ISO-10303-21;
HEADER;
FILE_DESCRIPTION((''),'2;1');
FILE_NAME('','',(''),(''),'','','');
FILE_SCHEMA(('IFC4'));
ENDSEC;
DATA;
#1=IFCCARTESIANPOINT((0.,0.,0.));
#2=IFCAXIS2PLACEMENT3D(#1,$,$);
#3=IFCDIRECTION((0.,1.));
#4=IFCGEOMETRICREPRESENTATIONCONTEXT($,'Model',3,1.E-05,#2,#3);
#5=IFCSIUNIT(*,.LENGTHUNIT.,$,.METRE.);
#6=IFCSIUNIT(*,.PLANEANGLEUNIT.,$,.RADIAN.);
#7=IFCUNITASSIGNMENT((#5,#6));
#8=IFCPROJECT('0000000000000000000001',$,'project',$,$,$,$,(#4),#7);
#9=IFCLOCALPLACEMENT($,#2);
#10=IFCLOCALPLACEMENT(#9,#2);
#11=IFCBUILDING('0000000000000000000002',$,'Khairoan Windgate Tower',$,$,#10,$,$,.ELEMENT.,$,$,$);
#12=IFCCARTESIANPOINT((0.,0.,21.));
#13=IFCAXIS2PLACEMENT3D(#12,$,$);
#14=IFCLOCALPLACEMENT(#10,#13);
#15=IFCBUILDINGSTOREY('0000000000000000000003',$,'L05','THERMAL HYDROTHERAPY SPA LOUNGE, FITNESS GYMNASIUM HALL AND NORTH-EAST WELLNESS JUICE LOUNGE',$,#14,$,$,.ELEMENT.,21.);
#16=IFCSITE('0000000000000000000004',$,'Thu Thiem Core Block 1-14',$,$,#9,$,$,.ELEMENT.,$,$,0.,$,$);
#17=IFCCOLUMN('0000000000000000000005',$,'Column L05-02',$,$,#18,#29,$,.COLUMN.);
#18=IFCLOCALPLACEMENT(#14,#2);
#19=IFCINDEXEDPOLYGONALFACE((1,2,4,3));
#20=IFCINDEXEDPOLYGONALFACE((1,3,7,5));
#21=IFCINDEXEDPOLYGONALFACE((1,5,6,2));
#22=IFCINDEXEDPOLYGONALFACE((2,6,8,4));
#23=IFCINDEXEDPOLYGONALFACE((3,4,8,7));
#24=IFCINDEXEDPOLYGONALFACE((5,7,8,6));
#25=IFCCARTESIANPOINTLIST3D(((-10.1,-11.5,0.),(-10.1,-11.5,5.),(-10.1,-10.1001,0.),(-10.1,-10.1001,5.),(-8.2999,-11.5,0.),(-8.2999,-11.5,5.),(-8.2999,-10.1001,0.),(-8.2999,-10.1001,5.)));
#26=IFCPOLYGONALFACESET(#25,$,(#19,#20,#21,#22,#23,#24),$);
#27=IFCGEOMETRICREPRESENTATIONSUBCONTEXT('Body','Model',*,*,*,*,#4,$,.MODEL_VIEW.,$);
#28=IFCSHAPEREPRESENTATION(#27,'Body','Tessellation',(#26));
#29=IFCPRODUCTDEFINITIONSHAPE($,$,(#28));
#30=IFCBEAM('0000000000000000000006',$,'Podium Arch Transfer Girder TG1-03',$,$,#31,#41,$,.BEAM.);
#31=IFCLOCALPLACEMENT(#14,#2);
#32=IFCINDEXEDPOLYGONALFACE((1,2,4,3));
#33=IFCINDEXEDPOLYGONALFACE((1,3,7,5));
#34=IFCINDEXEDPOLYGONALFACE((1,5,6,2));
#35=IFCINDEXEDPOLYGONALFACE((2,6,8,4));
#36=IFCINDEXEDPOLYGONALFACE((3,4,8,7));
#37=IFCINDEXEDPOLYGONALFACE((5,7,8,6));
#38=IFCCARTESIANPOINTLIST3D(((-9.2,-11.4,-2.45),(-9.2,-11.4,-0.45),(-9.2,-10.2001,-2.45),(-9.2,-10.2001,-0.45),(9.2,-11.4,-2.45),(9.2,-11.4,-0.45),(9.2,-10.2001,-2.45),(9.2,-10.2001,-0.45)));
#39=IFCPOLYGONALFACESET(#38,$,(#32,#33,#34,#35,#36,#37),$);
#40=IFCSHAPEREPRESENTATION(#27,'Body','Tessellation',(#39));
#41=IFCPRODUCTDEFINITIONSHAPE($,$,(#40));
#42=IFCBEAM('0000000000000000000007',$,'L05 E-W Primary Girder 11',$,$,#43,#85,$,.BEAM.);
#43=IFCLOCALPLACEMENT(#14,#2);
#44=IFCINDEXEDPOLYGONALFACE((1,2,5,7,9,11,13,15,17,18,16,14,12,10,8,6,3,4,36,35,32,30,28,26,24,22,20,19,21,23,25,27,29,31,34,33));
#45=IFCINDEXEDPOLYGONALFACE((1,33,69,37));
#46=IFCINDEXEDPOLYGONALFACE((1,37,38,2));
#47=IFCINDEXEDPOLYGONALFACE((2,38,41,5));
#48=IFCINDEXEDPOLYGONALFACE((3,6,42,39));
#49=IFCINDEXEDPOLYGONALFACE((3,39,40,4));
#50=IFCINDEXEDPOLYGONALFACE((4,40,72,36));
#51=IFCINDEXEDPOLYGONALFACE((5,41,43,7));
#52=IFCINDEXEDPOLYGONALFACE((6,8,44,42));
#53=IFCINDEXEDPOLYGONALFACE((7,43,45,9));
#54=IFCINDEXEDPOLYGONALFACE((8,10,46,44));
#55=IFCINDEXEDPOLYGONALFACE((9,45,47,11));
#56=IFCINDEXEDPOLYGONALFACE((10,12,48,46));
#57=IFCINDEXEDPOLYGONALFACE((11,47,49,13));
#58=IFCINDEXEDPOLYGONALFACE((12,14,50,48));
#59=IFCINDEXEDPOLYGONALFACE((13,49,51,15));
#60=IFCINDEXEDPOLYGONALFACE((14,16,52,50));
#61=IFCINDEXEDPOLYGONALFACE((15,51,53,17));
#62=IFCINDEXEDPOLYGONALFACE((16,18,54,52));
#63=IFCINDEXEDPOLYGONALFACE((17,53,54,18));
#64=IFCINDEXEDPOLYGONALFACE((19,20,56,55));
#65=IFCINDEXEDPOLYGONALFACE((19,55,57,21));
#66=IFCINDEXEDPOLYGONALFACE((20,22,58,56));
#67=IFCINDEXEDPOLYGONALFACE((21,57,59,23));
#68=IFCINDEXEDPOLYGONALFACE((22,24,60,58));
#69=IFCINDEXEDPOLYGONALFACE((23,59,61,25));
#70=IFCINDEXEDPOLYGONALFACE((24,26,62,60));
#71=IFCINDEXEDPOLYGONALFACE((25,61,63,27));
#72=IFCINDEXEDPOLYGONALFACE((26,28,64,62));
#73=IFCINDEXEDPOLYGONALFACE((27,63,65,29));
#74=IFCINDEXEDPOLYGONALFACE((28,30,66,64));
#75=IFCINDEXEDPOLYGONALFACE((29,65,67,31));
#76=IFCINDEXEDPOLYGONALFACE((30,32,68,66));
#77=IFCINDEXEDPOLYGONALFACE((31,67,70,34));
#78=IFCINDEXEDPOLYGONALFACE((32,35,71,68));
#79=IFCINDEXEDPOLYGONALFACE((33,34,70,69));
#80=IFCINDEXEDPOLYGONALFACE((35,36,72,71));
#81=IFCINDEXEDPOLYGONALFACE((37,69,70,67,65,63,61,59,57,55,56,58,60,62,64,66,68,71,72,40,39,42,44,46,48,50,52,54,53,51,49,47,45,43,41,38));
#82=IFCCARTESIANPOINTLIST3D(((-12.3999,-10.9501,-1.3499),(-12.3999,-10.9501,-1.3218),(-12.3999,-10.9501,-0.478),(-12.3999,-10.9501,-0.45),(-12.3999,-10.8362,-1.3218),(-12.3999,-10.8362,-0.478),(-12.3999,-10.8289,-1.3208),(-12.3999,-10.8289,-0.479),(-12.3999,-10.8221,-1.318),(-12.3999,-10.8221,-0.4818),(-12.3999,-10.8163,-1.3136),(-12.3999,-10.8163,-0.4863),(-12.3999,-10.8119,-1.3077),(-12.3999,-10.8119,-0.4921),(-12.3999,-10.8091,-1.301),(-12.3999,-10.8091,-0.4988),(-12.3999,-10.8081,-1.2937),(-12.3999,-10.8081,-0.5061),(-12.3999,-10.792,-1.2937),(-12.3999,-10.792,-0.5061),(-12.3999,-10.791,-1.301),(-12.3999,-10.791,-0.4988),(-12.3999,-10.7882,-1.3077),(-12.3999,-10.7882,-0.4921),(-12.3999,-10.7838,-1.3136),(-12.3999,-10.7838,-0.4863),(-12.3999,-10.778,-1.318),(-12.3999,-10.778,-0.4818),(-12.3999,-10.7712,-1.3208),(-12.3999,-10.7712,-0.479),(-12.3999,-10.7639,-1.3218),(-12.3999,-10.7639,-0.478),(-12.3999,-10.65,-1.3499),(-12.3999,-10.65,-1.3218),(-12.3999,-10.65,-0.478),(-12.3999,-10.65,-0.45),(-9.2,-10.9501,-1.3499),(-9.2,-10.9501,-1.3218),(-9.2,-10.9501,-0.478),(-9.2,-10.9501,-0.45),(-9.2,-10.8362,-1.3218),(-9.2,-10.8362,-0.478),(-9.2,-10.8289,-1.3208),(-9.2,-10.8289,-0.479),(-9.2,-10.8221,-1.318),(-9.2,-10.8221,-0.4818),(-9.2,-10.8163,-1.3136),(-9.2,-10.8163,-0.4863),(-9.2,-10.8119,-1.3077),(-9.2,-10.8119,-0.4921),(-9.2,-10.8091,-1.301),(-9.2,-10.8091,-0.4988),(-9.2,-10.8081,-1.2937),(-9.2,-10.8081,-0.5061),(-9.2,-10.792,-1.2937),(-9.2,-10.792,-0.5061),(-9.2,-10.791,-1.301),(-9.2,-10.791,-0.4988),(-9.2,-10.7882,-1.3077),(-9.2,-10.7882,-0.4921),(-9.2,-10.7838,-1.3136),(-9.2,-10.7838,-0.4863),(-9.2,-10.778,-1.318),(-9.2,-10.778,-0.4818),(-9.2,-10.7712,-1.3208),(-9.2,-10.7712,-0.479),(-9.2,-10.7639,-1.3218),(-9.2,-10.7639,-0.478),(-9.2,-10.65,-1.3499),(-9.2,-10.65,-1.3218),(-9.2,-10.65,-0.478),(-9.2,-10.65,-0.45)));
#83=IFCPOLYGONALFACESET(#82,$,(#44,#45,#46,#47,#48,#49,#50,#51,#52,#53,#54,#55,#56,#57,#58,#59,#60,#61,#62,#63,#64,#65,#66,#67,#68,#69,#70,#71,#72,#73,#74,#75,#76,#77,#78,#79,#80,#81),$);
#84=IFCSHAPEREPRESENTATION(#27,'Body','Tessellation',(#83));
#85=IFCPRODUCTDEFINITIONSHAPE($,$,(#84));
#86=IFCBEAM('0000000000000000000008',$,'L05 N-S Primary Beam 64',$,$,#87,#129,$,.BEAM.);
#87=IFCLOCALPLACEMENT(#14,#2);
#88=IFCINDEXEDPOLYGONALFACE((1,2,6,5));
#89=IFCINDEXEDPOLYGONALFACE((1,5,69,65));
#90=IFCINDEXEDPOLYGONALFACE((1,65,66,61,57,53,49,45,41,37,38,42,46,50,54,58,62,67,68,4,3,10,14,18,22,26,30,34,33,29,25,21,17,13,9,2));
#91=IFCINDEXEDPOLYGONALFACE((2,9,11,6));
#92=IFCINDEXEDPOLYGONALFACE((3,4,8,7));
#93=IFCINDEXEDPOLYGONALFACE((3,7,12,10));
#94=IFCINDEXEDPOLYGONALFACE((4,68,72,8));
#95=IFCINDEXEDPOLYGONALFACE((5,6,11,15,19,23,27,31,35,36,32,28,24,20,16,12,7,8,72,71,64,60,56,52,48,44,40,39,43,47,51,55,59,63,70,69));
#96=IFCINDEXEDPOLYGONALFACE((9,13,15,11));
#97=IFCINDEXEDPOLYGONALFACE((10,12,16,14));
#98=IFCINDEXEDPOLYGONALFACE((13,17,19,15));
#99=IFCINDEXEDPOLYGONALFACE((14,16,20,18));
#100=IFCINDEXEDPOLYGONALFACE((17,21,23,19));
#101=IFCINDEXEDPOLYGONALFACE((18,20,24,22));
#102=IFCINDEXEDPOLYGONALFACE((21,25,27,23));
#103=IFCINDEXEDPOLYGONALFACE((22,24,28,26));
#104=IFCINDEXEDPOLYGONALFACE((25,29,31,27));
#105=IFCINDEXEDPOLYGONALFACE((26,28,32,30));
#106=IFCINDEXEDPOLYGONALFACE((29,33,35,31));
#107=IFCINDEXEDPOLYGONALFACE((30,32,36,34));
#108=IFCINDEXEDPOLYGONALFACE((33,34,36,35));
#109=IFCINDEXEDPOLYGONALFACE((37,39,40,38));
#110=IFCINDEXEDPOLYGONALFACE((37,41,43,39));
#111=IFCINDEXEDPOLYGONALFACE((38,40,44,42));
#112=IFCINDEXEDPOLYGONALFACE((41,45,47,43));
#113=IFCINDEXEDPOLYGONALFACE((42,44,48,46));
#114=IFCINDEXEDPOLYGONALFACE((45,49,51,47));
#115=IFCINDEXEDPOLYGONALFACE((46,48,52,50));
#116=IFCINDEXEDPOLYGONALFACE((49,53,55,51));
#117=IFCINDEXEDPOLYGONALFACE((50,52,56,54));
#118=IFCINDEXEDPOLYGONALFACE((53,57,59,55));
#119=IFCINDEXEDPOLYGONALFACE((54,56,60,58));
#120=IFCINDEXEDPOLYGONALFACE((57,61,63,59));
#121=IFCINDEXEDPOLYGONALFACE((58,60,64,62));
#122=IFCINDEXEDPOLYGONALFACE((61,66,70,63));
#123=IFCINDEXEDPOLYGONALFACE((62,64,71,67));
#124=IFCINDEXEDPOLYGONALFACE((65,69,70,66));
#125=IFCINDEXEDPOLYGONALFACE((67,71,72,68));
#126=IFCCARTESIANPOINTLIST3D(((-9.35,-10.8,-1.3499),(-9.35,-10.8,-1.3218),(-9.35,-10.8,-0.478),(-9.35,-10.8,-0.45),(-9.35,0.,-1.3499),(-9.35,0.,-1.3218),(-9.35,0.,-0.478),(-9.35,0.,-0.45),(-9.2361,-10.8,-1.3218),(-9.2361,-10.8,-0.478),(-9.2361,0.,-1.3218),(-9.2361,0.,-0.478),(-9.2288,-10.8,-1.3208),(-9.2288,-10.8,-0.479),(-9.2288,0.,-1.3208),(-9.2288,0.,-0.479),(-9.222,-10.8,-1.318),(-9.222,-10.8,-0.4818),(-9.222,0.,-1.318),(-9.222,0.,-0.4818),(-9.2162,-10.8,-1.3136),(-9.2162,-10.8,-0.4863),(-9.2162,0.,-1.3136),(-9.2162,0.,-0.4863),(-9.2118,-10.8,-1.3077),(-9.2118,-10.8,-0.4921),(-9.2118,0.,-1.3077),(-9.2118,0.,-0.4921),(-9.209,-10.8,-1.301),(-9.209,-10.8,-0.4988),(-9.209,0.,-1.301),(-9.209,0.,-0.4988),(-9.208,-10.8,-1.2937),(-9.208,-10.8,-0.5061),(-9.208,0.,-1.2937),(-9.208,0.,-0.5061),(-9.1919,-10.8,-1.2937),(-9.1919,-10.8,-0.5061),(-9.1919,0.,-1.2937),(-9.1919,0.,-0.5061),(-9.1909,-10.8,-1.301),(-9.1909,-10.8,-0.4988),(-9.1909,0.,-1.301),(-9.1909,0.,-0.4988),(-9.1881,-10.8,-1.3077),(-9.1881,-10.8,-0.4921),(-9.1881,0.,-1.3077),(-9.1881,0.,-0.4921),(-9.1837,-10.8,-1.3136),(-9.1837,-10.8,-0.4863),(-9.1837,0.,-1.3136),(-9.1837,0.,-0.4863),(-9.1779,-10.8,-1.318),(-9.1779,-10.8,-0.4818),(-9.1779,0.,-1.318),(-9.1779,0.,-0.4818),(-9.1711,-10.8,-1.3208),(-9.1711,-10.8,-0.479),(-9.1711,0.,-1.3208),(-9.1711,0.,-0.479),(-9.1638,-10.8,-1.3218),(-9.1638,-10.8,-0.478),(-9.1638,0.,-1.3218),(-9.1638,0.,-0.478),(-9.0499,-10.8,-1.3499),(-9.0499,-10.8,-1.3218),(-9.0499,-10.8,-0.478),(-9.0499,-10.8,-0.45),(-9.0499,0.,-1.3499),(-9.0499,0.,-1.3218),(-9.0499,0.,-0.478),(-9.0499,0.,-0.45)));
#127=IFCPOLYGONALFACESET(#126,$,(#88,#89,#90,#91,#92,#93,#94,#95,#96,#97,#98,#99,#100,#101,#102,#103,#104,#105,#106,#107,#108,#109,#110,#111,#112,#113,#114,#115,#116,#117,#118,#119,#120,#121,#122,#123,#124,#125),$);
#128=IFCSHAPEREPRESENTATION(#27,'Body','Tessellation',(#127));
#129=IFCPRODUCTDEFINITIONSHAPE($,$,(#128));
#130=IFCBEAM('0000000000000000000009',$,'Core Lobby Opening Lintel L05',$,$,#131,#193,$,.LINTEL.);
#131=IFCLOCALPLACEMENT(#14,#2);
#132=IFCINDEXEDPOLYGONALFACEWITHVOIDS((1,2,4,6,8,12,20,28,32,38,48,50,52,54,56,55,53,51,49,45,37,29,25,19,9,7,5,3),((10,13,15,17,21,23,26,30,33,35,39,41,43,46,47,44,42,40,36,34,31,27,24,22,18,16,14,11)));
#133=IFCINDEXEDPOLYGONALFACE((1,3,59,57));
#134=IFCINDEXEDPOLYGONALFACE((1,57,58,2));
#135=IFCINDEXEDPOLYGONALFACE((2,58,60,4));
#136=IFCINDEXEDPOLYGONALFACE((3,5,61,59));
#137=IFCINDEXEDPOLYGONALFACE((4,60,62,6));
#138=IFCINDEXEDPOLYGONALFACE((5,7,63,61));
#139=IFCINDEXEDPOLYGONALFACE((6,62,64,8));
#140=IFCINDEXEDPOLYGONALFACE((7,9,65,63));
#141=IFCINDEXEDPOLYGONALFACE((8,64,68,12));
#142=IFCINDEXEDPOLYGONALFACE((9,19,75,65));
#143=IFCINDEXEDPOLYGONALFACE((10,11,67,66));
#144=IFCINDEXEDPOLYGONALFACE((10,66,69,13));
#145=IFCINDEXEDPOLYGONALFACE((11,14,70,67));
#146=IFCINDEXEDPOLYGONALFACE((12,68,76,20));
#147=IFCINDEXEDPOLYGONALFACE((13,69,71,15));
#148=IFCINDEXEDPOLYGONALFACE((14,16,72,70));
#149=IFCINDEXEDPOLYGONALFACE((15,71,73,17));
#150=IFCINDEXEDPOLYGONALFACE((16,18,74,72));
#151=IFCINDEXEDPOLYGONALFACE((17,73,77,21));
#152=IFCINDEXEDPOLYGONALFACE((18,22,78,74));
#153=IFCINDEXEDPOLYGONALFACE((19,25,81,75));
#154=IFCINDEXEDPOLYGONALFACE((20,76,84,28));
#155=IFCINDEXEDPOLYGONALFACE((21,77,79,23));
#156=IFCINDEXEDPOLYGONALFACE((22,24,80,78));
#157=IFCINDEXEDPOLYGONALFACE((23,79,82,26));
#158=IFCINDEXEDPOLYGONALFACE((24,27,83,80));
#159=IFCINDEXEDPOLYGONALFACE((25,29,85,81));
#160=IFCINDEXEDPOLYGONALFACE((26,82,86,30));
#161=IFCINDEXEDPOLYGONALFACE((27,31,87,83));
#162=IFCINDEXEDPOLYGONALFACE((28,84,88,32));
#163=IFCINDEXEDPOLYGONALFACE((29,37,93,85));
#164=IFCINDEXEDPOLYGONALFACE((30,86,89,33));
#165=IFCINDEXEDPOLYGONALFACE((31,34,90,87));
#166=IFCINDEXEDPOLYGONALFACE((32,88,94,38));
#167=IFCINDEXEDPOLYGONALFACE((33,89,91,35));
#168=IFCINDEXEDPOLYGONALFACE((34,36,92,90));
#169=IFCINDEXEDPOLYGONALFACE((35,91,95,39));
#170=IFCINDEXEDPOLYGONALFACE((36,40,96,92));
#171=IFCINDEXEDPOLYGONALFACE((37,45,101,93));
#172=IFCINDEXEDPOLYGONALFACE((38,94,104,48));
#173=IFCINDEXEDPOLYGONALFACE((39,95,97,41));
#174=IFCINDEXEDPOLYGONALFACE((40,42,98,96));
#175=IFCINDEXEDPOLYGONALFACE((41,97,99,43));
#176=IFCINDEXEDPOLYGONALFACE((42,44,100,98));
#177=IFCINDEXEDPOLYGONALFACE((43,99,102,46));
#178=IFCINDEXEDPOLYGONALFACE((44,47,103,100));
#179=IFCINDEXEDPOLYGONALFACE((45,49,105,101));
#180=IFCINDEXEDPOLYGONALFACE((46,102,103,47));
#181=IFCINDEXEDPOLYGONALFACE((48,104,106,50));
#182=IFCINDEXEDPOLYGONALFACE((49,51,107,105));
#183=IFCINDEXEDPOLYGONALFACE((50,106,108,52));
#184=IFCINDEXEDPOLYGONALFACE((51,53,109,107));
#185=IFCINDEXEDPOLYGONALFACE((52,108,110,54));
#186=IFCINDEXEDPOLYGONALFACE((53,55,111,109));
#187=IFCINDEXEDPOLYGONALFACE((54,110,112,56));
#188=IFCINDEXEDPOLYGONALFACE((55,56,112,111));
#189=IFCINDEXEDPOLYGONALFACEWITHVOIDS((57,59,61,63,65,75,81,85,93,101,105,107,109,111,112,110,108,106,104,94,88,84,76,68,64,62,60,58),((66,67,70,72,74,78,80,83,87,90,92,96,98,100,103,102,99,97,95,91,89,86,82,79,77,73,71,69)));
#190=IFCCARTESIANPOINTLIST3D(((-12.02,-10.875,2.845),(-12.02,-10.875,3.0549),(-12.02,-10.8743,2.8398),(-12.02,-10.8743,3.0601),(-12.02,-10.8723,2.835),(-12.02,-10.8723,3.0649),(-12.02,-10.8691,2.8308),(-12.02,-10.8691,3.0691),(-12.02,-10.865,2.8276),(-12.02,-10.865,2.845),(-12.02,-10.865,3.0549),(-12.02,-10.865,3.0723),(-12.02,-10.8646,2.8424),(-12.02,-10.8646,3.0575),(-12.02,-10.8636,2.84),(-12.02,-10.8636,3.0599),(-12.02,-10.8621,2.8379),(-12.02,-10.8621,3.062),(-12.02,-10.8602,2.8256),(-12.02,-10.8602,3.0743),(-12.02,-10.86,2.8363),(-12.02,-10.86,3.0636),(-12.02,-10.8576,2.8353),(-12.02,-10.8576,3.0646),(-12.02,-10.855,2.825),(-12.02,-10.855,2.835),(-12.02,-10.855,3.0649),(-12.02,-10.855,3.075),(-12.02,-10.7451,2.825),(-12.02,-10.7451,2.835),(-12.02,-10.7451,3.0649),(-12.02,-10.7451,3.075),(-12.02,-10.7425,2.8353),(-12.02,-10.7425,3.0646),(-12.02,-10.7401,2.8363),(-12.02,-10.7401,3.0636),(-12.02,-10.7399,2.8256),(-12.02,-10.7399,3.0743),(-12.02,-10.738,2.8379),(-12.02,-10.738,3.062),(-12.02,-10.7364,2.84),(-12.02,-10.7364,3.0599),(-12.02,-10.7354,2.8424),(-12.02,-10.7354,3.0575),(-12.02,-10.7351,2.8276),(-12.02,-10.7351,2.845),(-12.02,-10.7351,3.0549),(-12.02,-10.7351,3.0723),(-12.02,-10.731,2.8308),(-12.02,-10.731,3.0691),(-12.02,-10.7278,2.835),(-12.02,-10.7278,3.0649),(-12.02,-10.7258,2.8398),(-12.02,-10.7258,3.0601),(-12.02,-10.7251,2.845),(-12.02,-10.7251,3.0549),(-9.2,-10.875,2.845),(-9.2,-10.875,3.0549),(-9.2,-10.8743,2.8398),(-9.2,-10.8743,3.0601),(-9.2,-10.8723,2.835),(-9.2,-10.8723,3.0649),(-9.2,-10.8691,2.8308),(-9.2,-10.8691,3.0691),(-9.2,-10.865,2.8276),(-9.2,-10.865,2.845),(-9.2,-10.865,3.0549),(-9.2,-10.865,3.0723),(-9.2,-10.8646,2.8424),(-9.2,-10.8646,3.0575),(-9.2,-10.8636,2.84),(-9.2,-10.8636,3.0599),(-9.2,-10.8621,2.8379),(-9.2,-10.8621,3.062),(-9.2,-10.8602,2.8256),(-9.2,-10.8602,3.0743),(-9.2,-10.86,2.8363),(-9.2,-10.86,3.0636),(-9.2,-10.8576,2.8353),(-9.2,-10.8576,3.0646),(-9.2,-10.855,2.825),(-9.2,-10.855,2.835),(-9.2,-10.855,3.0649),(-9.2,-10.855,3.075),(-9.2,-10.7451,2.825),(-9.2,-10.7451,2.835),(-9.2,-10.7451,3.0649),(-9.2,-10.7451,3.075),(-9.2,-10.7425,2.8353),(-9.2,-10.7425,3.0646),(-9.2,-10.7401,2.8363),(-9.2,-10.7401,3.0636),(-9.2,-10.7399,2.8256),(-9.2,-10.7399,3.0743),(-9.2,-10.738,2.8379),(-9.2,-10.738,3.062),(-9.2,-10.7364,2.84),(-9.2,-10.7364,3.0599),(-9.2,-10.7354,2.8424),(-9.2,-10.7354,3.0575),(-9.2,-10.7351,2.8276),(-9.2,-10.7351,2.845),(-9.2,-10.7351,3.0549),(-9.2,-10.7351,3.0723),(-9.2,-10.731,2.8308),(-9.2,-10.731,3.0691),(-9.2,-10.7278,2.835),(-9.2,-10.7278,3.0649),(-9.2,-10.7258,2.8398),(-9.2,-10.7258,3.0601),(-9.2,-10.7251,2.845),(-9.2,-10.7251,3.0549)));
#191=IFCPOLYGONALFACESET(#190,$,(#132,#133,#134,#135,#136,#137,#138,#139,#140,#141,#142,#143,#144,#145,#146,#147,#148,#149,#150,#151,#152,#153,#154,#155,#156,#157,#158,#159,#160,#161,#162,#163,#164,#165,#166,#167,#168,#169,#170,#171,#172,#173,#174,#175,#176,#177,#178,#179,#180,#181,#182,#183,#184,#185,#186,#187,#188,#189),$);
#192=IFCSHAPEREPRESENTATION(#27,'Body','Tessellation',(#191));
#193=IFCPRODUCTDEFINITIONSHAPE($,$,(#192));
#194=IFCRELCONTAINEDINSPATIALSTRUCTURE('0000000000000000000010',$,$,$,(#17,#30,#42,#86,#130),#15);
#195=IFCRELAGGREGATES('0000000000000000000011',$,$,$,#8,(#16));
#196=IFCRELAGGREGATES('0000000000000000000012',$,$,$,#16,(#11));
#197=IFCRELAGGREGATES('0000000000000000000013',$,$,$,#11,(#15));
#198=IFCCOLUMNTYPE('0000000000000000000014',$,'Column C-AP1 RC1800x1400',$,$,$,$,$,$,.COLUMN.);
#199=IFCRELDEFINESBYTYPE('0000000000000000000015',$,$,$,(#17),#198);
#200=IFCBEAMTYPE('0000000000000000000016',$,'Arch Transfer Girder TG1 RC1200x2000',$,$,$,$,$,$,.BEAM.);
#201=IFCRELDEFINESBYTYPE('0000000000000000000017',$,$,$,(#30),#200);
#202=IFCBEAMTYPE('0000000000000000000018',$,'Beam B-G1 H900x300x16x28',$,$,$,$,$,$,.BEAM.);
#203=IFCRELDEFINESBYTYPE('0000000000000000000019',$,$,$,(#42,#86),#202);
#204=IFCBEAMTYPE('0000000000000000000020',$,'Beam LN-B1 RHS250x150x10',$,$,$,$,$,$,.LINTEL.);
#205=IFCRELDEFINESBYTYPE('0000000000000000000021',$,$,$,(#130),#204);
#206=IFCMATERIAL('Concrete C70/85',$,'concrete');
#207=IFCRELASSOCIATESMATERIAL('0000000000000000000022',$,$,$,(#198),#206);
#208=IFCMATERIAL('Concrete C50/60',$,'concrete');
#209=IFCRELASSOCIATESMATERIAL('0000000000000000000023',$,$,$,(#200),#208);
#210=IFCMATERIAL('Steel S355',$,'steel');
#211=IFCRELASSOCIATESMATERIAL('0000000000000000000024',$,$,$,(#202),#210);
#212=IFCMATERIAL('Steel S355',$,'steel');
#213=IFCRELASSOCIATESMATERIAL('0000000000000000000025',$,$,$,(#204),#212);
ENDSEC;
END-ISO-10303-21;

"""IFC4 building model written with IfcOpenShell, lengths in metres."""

from ifc_helpers import new_model, si_unit, direction, frame, origin, origin_2d, place, context, subcontext, project, spatial, rectangle, hollow_rectangle, i_section, extrude, material, material_profile, profile_set, type_object, element, save


model = new_model("IFC4")

# Units and contexts
model_context = context("Model", 3, precision=1e-05, world=origin(), true_north=direction((0.0, 1.0)))
body_context = subcontext(model_context, "Body", "Model", "MODEL_VIEW")
ifc_project = project(units=[si_unit("LENGTHUNIT", "METRE"), si_unit("PLANEANGLEUNIT", "RADIAN")], contexts=[model_context])

# Site, building, storey
site_placement = place(None, origin())
site = spatial("IfcSite", under=ifc_project, at=site_placement, Name="Thu Thiem Core Block 1-14", CompositionType="ELEMENT", RefElevation=0.0)
building_placement = place(site_placement, origin())
building = spatial("IfcBuilding", under=site, at=building_placement, Name="Khairoan Windgate Tower", CompositionType="ELEMENT")
storey_placement = place(building_placement, frame((0.0, 0.0, 21.0)))
storey = spatial("IfcBuildingStorey", under=building, at=storey_placement, Name="L05", Description="THERMAL HYDROTHERAPY SPA LOUNGE, FITNESS GYMNASIUM HALL AND NORTH-EAST WELLNESS JUICE LOUNGE", CompositionType="ELEMENT", Elevation=21.0)

# Column
ifc_material_1 = material(Name="Concrete C70/85", Category="concrete")
ifc_material_profile_1 = material_profile(ifc_material_1, rectangle(XDim=1.8, YDim=1.3999, at=origin_2d()))
ifc_profile_set_1 = profile_set([ifc_material_profile_1], Name="Concrete C70/85")
column_type = type_object("IfcColumnType", Name="Column C-AP1 RC1800x1400", PredefinedType="COLUMN", material=ifc_profile_set_1)
column_placement = place(storey_placement, frame((-9.2, -10.8, 0.0), z_axis=(0.0, 0.0, 1.0), x_axis=(1.0, 0.0, 0.0)))
element("IfcColumn", 1, at=column_placement, inside=storey, type_object=column_type, Name="Column L05-02", PredefinedType="COLUMN", context=body_context, shape_type="SweptSolid", body=[
    extrude(rectangle(XDim=1.8, YDim=1.3999, at=origin_2d()), origin(), (0.0, 0.0, 1.0), 5.0),
])

# Beams
ifc_material_2 = material(Name="Concrete C50/60", Category="concrete")
ifc_material_profile_2 = material_profile(ifc_material_2, rectangle(XDim=1.2, YDim=2.0, at=origin_2d()))
ifc_profile_set_2 = profile_set([ifc_material_profile_2], Name="Concrete C50/60")
beam_type_1 = type_object("IfcBeamType", Name="Arch Transfer Girder TG1 RC1200x2000", PredefinedType="BEAM", material=ifc_profile_set_2)
beam_1_placement = place(storey_placement, frame((-9.2, -10.8, -1.45), z_axis=(1.0, 0.0, 0.0), x_axis=(0.0, 1.0, 0.0)))
element("IfcBeam", 2, at=beam_1_placement, inside=storey, type_object=beam_type_1, Name="Podium Arch Transfer Girder TG1-03", PredefinedType="BEAM", context=body_context, shape_type="SweptSolid", body=[
    extrude(rectangle(XDim=1.2, YDim=2.0, at=origin_2d()), origin(), (0.0, 0.0, 1.0), 18.3999),
])
ifc_material_3 = material(Name="Steel S355", Category="steel")
ifc_material_profile_3 = material_profile(ifc_material_3, i_section(OverallWidth=0.3, OverallDepth=0.8999, WebThickness=0.0161, FlangeThickness=0.0281, FilletRadius=0.0281, at=origin_2d()))
ifc_profile_set_3 = profile_set([ifc_material_profile_3], Name="Steel S355")
beam_type_2 = type_object("IfcBeamType", Name="Beam B-G1 H900x300x16x28", PredefinedType="BEAM", material=ifc_profile_set_3)
beam_2_placement = place(storey_placement, frame((-12.3999, -10.8, -0.8999), z_axis=(1.0, 0.0, 0.0), x_axis=(0.0, 1.0, 0.0)))
element("IfcBeam", 3, at=beam_2_placement, inside=storey, type_object=beam_type_2, Name="L05 E-W Primary Girder 11", PredefinedType="BEAM", context=body_context, shape_type="SweptSolid", body=[
    extrude(i_section(OverallWidth=0.3, OverallDepth=0.8999, WebThickness=0.0161, FlangeThickness=0.0281, FilletRadius=0.0281, at=origin_2d()), origin(), (0.0, 0.0, 1.0), 3.2),
])
beam_3_placement = place(storey_placement, frame((-9.2, -10.8, -0.8999), z_axis=(0.0, 1.0, 0.0), x_axis=(-1.0, 0.0, 0.0)))
element("IfcBeam", 4, at=beam_3_placement, inside=storey, type_object=beam_type_2, Name="L05 N-S Primary Beam 64", PredefinedType="BEAM", context=body_context, shape_type="SweptSolid", body=[
    extrude(i_section(OverallWidth=0.3, OverallDepth=0.8999, WebThickness=0.0161, FlangeThickness=0.0281, FilletRadius=0.0281, at=origin_2d()), origin(), (0.0, 0.0, 1.0), 10.8),
])
ifc_material_4 = material(Name="Steel S355", Category="steel")
ifc_material_profile_4 = material_profile(ifc_material_4, hollow_rectangle(XDim=0.1499, YDim=0.25, WallThickness=0.01, InnerFilletRadius=0.01, OuterFilletRadius=0.02, at=origin_2d()))
ifc_profile_set_4 = profile_set([ifc_material_profile_4], Name="Steel S355")
beam_type_3 = type_object("IfcBeamType", Name="Beam LN-B1 RHS250x150x10", PredefinedType="LINTEL", material=ifc_profile_set_4)
beam_4_placement = place(storey_placement, frame((-12.02, -10.8, 2.95), z_axis=(1.0, 0.0, 0.0), x_axis=(0.0, 1.0, 0.0)))
element("IfcBeam", 5, at=beam_4_placement, inside=storey, type_object=beam_type_3, Name="Core Lobby Opening Lintel L05", PredefinedType="LINTEL", context=body_context, shape_type="SweptSolid", body=[
    extrude(hollow_rectangle(XDim=0.1499, YDim=0.25, WallThickness=0.01, InnerFilletRadius=0.01, OuterFilletRadius=0.02, at=origin_2d()), origin(), (0.0, 0.0, 1.0), 2.8201),
])

save(model, "model.ifc")
